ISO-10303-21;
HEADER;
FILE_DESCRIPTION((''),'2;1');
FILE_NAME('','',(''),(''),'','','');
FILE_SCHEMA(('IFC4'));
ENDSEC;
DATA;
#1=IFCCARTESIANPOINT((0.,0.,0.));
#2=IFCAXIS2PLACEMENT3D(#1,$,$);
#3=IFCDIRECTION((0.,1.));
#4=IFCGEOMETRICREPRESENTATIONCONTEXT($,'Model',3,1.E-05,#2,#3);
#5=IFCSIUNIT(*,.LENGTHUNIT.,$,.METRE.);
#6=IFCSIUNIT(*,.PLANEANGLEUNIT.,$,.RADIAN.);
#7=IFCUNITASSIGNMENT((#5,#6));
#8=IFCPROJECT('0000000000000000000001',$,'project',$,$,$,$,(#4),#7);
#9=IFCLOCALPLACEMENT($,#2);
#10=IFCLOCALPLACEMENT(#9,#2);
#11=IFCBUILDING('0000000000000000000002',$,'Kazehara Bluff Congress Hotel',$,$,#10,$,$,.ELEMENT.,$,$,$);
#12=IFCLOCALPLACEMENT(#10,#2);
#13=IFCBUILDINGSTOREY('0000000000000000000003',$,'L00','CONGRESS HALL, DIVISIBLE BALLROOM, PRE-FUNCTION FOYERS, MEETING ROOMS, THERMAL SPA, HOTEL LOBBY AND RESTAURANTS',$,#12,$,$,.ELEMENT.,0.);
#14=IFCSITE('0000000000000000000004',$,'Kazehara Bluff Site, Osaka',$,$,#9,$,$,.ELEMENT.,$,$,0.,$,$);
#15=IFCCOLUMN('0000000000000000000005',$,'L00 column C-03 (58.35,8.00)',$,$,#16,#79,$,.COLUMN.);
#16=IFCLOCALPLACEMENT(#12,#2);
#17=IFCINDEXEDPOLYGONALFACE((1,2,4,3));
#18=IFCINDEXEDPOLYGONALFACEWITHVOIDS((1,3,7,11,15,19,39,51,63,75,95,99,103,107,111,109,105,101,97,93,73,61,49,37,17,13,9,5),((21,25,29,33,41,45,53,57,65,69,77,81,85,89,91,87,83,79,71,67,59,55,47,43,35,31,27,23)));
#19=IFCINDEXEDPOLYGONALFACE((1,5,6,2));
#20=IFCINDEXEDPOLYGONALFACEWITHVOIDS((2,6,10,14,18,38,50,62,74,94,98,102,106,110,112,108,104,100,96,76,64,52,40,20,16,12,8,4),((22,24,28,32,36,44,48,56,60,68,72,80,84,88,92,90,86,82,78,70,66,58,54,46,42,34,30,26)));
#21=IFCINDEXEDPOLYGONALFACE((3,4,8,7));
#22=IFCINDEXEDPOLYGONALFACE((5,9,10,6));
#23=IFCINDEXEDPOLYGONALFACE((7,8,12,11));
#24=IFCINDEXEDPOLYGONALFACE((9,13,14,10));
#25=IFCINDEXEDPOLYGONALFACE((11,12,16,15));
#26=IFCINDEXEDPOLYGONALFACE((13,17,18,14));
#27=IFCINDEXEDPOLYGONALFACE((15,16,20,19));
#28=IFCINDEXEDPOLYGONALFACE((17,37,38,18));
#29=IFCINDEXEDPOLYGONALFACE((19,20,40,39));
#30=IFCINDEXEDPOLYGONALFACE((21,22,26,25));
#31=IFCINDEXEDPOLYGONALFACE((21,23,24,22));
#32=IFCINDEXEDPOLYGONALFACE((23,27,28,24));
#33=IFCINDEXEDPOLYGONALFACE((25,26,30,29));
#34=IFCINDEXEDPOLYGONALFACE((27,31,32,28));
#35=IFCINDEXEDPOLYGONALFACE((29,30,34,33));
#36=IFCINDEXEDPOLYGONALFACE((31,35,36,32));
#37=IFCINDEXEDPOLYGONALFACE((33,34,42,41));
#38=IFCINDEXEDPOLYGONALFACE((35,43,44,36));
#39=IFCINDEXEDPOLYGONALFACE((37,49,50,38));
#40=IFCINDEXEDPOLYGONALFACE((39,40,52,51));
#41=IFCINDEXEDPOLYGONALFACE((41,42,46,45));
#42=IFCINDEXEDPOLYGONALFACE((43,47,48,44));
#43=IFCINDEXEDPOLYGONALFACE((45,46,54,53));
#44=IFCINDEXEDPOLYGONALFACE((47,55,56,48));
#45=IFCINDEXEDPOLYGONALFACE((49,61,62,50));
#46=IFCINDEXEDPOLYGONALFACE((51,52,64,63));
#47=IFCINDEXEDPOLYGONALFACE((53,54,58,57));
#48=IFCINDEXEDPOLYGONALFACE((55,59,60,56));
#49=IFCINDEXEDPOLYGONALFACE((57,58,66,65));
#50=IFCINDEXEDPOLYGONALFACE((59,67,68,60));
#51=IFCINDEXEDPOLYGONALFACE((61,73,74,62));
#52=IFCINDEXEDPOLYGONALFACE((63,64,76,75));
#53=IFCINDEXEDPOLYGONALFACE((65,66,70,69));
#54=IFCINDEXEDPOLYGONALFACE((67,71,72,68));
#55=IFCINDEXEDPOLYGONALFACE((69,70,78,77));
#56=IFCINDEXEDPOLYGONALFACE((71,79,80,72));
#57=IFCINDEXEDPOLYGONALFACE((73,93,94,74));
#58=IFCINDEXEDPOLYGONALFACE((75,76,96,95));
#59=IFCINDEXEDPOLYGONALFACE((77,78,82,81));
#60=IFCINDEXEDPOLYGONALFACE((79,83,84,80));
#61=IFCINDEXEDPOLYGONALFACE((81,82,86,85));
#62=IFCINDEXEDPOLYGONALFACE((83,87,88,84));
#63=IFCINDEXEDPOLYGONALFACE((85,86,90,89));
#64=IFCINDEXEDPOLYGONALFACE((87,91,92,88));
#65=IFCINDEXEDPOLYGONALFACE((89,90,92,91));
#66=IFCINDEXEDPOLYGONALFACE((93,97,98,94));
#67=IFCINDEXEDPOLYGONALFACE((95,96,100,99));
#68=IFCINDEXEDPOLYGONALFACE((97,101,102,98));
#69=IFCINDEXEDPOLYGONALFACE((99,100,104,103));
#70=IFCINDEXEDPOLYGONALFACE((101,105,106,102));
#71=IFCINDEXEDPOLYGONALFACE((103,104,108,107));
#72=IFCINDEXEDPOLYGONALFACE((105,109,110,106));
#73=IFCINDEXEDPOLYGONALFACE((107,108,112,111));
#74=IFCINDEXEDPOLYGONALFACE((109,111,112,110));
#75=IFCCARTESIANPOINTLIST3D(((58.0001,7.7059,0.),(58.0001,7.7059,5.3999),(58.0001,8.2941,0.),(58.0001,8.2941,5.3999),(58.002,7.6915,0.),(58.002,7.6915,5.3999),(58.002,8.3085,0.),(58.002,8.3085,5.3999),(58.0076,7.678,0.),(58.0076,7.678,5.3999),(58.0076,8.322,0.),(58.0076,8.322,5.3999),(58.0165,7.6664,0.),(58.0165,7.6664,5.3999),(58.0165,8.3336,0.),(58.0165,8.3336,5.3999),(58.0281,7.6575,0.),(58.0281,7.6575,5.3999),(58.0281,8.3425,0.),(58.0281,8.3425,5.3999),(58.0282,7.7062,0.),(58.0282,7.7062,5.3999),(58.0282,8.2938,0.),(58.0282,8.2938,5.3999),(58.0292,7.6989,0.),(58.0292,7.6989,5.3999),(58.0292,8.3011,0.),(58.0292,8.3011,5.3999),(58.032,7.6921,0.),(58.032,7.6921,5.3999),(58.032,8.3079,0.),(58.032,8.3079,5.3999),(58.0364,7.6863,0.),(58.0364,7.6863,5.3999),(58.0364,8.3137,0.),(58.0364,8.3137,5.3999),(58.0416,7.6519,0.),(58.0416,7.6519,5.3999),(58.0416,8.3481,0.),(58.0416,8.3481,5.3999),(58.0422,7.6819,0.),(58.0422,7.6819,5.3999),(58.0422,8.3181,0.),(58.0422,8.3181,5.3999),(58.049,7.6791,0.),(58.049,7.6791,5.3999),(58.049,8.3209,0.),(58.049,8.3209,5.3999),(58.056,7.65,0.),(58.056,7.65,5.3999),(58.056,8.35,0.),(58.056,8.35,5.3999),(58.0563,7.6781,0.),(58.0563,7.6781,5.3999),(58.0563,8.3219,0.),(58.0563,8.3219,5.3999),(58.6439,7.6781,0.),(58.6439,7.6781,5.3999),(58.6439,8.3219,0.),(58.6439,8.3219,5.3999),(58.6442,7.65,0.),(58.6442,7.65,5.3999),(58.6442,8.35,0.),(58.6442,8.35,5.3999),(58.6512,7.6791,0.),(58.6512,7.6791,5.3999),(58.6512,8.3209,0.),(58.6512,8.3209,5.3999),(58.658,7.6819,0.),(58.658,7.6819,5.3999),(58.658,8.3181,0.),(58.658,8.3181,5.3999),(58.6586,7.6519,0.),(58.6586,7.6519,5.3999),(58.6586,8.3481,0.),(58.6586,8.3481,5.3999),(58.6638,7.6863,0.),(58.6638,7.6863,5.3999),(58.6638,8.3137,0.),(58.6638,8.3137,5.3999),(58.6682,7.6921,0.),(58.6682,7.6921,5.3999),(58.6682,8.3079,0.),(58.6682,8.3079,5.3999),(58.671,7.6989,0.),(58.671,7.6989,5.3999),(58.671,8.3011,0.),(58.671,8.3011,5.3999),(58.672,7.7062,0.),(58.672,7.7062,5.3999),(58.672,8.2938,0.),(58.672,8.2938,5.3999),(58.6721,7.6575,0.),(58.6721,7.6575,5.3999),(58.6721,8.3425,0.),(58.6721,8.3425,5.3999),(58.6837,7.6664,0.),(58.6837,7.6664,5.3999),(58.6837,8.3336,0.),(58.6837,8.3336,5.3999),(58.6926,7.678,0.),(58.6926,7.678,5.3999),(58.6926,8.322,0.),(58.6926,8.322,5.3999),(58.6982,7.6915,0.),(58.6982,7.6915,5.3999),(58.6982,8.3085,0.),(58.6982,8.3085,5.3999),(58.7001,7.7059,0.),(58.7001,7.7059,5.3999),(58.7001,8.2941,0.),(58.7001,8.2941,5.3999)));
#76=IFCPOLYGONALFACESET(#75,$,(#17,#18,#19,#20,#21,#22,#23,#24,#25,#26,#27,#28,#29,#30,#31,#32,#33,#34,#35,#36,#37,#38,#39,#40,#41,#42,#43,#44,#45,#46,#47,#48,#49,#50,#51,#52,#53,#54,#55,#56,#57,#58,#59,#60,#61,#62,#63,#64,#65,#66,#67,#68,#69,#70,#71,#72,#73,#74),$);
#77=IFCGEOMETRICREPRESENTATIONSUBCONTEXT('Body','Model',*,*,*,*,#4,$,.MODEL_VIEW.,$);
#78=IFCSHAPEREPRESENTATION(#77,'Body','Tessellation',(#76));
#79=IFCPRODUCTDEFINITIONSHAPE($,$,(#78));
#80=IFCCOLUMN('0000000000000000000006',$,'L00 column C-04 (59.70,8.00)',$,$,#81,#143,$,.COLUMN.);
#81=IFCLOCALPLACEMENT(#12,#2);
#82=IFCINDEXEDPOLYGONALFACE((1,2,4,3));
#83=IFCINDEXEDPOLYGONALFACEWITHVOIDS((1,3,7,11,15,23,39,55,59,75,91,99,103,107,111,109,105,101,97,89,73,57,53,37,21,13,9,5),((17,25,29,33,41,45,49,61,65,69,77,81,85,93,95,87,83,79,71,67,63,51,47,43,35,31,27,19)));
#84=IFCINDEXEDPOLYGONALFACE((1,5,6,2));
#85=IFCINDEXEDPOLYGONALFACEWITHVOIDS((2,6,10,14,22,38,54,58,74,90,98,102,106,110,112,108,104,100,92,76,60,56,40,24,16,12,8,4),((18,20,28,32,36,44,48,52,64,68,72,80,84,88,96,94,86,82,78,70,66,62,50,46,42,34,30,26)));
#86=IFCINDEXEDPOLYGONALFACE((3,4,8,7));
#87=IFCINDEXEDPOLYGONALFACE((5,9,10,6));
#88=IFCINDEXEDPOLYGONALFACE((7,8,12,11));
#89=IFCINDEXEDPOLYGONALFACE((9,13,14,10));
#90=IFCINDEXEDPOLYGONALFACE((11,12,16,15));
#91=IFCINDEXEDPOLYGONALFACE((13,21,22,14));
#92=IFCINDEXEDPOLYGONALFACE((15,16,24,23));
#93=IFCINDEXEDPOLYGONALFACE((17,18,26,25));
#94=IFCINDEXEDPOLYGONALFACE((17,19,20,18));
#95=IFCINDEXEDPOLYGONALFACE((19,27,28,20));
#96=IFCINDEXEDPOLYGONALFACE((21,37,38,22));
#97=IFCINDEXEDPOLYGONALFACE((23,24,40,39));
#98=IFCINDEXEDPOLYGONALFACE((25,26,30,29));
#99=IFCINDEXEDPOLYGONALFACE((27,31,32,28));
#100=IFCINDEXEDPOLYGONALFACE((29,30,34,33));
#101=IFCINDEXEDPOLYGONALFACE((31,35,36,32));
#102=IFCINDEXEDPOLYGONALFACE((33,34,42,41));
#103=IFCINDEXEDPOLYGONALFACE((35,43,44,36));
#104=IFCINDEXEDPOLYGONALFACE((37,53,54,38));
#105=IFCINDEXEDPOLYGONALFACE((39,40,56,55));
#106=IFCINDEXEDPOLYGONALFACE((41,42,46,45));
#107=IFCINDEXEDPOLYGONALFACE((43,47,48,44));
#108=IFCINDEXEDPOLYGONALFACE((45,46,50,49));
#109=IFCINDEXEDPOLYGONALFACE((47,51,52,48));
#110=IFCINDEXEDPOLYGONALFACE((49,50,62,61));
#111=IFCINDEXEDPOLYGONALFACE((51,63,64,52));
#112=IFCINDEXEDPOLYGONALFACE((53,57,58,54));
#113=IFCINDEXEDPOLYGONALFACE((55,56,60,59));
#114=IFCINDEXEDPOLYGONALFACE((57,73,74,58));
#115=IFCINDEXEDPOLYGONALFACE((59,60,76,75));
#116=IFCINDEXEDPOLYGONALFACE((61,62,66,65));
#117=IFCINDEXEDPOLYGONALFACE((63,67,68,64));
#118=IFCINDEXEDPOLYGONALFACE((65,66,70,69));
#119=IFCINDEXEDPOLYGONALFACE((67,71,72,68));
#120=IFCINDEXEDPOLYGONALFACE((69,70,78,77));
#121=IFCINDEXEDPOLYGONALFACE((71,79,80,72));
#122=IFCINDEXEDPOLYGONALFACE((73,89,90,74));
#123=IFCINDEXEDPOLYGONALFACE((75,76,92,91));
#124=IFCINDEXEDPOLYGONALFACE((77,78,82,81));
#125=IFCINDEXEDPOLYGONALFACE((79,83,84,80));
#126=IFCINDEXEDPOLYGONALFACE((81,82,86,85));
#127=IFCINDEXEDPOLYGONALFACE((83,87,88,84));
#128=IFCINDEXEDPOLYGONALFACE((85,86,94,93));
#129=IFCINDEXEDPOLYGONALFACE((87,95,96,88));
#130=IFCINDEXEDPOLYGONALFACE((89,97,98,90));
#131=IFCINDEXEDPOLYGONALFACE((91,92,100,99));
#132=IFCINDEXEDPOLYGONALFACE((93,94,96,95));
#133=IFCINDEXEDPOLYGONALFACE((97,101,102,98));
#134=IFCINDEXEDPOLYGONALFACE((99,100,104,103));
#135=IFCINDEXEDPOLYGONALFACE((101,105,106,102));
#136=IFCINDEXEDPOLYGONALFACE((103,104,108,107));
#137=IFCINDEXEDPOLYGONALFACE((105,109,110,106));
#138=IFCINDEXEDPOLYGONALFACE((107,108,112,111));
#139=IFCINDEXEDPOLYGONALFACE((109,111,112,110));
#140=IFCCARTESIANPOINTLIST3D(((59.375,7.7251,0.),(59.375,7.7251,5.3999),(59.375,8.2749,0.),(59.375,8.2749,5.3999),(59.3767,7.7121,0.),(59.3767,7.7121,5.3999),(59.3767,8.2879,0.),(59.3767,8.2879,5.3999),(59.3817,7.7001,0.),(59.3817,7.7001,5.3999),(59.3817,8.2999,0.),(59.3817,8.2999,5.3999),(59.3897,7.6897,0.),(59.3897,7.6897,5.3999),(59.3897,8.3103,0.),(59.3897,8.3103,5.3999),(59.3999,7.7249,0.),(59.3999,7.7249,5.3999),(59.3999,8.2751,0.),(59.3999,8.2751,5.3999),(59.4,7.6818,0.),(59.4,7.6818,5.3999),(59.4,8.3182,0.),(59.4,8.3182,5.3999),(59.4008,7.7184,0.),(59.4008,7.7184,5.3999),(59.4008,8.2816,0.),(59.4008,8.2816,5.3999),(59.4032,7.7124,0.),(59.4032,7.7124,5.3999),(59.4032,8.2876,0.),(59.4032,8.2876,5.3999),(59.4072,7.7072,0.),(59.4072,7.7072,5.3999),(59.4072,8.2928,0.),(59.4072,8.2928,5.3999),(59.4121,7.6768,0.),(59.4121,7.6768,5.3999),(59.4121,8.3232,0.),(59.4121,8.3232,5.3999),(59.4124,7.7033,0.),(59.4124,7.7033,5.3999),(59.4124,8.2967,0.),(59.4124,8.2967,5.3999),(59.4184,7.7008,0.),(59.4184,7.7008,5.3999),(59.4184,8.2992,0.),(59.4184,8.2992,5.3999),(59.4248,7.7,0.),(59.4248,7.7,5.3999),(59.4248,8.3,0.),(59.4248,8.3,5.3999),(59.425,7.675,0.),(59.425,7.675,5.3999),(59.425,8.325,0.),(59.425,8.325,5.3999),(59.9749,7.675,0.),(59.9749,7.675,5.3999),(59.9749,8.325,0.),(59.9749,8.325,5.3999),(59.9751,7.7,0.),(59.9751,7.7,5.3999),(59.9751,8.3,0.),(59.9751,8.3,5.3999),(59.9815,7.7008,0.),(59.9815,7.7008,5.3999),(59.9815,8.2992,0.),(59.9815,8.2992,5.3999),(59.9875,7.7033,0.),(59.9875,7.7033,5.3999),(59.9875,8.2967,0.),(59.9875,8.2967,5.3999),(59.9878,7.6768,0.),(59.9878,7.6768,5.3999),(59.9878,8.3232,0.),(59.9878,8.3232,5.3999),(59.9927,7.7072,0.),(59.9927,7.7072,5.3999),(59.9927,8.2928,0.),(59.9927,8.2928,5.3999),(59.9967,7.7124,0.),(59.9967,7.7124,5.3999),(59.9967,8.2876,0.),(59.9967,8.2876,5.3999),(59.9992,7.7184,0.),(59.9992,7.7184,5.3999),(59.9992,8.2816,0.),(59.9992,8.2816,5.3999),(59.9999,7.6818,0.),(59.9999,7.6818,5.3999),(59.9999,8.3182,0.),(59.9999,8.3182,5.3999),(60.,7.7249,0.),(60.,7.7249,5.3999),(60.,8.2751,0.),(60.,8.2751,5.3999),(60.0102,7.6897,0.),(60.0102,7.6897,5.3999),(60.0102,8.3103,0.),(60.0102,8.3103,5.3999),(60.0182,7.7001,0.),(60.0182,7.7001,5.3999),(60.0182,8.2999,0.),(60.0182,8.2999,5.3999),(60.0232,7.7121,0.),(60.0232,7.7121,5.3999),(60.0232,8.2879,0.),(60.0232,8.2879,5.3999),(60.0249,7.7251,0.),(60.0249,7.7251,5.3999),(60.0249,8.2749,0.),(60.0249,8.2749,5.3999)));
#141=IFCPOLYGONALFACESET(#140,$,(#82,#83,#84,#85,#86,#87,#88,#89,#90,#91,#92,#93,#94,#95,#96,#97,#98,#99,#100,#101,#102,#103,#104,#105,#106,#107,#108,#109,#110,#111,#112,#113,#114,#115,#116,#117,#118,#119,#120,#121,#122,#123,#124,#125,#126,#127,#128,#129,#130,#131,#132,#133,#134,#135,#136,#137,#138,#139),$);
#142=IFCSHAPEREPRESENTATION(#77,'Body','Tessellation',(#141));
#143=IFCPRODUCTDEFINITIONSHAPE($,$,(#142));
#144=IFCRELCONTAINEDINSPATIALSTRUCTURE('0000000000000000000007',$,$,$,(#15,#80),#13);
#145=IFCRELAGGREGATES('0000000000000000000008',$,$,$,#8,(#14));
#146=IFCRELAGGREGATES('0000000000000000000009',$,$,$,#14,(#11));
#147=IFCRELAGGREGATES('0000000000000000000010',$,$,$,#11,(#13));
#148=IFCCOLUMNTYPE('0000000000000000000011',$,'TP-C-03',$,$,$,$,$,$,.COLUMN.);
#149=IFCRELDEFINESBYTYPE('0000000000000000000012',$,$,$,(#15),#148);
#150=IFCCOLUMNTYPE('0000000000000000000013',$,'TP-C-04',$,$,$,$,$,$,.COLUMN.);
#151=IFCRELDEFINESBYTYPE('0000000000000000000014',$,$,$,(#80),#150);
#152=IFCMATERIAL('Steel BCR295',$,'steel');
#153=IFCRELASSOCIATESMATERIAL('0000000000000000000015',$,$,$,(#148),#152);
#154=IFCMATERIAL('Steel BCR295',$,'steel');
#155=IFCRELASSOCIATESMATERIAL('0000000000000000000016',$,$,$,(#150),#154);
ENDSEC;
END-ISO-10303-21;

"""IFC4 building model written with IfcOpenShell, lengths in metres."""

from ifc_helpers import new_model, si_unit, direction, frame, origin, origin_2d, place, context, subcontext, project, spatial, hollow_rectangle, extrude, material, material_profile, profile_set, type_object, element, save


model = new_model("IFC4")

# Units and contexts
model_context = context("Model", 3, precision=1e-05, world=origin(), true_north=direction((0.0, 1.0)))
body_context = subcontext(model_context, "Body", "Model", "MODEL_VIEW")
ifc_project = project(units=[si_unit("LENGTHUNIT", "METRE"), si_unit("PLANEANGLEUNIT", "RADIAN")], contexts=[model_context])

# Site, building, storey
site_placement = place(None, origin())
site = spatial("IfcSite", under=ifc_project, at=site_placement, Name="Kazehara Bluff Site, Osaka", CompositionType="ELEMENT", RefElevation=0.0)
building_placement = place(site_placement, origin())
building = spatial("IfcBuilding", under=site, at=building_placement, Name="Kazehara Bluff Congress Hotel", CompositionType="ELEMENT")
storey_placement = place(building_placement, origin())
storey = spatial("IfcBuildingStorey", under=building, at=storey_placement, Name="L00", Description="CONGRESS HALL, DIVISIBLE BALLROOM, PRE-FUNCTION FOYERS, MEETING ROOMS, THERMAL SPA, HOTEL LOBBY AND RESTAURANTS", CompositionType="ELEMENT", Elevation=0.0)

# Columns
ifc_material_1 = material(Name="Steel BCR295", Category="steel")
ifc_material_profile_1 = material_profile(ifc_material_1, hollow_rectangle(XDim=0.7, YDim=0.7, WallThickness=0.0281, InnerFilletRadius=0.0281, OuterFilletRadius=0.0559, at=origin_2d()))
ifc_profile_set_1 = profile_set([ifc_material_profile_1], Name="Steel BCR295")
column_type_1 = type_object("IfcColumnType", Name="TP-C-03", PredefinedType="COLUMN", material=ifc_profile_set_1)
column_1_placement = place(storey_placement, frame((58.3501, 8.0, 0.0), z_axis=(0.0, 0.0, 1.0), x_axis=(1.0, 0.0, 0.0)))
element("IfcColumn", 1, at=column_1_placement, inside=storey, type_object=column_type_1, Name="L00 column C-03 (58.35,8.00)", PredefinedType="COLUMN", context=body_context, shape_type="SweptSolid", body=[
    extrude(hollow_rectangle(XDim=0.7, YDim=0.7, WallThickness=0.0281, InnerFilletRadius=0.0281, OuterFilletRadius=0.0559, at=origin_2d()), origin(), (0.0, 0.0, 1.0), 5.3999),
])
ifc_material_2 = material(Name="Steel BCR295", Category="steel")
ifc_material_profile_2 = material_profile(ifc_material_2, hollow_rectangle(XDim=0.6499, YDim=0.6499, WallThickness=0.0249, InnerFilletRadius=0.0249, OuterFilletRadius=0.05, at=origin_2d()))
ifc_profile_set_2 = profile_set([ifc_material_profile_2], Name="Steel BCR295")
column_type_2 = type_object("IfcColumnType", Name="TP-C-04", PredefinedType="COLUMN", material=ifc_profile_set_2)
column_2_placement = place(storey_placement, frame((59.7, 8.0, 0.0), z_axis=(0.0, 0.0, 1.0), x_axis=(1.0, 0.0, 0.0)))
element("IfcColumn", 2, at=column_2_placement, inside=storey, type_object=column_type_2, Name="L00 column C-04 (59.70,8.00)", PredefinedType="COLUMN", context=body_context, shape_type="SweptSolid", body=[
    extrude(hollow_rectangle(XDim=0.6499, YDim=0.6499, WallThickness=0.0249, InnerFilletRadius=0.0249, OuterFilletRadius=0.05, at=origin_2d()), origin(), (0.0, 0.0, 1.0), 5.3999),
])

save(model, "model.ifc")
